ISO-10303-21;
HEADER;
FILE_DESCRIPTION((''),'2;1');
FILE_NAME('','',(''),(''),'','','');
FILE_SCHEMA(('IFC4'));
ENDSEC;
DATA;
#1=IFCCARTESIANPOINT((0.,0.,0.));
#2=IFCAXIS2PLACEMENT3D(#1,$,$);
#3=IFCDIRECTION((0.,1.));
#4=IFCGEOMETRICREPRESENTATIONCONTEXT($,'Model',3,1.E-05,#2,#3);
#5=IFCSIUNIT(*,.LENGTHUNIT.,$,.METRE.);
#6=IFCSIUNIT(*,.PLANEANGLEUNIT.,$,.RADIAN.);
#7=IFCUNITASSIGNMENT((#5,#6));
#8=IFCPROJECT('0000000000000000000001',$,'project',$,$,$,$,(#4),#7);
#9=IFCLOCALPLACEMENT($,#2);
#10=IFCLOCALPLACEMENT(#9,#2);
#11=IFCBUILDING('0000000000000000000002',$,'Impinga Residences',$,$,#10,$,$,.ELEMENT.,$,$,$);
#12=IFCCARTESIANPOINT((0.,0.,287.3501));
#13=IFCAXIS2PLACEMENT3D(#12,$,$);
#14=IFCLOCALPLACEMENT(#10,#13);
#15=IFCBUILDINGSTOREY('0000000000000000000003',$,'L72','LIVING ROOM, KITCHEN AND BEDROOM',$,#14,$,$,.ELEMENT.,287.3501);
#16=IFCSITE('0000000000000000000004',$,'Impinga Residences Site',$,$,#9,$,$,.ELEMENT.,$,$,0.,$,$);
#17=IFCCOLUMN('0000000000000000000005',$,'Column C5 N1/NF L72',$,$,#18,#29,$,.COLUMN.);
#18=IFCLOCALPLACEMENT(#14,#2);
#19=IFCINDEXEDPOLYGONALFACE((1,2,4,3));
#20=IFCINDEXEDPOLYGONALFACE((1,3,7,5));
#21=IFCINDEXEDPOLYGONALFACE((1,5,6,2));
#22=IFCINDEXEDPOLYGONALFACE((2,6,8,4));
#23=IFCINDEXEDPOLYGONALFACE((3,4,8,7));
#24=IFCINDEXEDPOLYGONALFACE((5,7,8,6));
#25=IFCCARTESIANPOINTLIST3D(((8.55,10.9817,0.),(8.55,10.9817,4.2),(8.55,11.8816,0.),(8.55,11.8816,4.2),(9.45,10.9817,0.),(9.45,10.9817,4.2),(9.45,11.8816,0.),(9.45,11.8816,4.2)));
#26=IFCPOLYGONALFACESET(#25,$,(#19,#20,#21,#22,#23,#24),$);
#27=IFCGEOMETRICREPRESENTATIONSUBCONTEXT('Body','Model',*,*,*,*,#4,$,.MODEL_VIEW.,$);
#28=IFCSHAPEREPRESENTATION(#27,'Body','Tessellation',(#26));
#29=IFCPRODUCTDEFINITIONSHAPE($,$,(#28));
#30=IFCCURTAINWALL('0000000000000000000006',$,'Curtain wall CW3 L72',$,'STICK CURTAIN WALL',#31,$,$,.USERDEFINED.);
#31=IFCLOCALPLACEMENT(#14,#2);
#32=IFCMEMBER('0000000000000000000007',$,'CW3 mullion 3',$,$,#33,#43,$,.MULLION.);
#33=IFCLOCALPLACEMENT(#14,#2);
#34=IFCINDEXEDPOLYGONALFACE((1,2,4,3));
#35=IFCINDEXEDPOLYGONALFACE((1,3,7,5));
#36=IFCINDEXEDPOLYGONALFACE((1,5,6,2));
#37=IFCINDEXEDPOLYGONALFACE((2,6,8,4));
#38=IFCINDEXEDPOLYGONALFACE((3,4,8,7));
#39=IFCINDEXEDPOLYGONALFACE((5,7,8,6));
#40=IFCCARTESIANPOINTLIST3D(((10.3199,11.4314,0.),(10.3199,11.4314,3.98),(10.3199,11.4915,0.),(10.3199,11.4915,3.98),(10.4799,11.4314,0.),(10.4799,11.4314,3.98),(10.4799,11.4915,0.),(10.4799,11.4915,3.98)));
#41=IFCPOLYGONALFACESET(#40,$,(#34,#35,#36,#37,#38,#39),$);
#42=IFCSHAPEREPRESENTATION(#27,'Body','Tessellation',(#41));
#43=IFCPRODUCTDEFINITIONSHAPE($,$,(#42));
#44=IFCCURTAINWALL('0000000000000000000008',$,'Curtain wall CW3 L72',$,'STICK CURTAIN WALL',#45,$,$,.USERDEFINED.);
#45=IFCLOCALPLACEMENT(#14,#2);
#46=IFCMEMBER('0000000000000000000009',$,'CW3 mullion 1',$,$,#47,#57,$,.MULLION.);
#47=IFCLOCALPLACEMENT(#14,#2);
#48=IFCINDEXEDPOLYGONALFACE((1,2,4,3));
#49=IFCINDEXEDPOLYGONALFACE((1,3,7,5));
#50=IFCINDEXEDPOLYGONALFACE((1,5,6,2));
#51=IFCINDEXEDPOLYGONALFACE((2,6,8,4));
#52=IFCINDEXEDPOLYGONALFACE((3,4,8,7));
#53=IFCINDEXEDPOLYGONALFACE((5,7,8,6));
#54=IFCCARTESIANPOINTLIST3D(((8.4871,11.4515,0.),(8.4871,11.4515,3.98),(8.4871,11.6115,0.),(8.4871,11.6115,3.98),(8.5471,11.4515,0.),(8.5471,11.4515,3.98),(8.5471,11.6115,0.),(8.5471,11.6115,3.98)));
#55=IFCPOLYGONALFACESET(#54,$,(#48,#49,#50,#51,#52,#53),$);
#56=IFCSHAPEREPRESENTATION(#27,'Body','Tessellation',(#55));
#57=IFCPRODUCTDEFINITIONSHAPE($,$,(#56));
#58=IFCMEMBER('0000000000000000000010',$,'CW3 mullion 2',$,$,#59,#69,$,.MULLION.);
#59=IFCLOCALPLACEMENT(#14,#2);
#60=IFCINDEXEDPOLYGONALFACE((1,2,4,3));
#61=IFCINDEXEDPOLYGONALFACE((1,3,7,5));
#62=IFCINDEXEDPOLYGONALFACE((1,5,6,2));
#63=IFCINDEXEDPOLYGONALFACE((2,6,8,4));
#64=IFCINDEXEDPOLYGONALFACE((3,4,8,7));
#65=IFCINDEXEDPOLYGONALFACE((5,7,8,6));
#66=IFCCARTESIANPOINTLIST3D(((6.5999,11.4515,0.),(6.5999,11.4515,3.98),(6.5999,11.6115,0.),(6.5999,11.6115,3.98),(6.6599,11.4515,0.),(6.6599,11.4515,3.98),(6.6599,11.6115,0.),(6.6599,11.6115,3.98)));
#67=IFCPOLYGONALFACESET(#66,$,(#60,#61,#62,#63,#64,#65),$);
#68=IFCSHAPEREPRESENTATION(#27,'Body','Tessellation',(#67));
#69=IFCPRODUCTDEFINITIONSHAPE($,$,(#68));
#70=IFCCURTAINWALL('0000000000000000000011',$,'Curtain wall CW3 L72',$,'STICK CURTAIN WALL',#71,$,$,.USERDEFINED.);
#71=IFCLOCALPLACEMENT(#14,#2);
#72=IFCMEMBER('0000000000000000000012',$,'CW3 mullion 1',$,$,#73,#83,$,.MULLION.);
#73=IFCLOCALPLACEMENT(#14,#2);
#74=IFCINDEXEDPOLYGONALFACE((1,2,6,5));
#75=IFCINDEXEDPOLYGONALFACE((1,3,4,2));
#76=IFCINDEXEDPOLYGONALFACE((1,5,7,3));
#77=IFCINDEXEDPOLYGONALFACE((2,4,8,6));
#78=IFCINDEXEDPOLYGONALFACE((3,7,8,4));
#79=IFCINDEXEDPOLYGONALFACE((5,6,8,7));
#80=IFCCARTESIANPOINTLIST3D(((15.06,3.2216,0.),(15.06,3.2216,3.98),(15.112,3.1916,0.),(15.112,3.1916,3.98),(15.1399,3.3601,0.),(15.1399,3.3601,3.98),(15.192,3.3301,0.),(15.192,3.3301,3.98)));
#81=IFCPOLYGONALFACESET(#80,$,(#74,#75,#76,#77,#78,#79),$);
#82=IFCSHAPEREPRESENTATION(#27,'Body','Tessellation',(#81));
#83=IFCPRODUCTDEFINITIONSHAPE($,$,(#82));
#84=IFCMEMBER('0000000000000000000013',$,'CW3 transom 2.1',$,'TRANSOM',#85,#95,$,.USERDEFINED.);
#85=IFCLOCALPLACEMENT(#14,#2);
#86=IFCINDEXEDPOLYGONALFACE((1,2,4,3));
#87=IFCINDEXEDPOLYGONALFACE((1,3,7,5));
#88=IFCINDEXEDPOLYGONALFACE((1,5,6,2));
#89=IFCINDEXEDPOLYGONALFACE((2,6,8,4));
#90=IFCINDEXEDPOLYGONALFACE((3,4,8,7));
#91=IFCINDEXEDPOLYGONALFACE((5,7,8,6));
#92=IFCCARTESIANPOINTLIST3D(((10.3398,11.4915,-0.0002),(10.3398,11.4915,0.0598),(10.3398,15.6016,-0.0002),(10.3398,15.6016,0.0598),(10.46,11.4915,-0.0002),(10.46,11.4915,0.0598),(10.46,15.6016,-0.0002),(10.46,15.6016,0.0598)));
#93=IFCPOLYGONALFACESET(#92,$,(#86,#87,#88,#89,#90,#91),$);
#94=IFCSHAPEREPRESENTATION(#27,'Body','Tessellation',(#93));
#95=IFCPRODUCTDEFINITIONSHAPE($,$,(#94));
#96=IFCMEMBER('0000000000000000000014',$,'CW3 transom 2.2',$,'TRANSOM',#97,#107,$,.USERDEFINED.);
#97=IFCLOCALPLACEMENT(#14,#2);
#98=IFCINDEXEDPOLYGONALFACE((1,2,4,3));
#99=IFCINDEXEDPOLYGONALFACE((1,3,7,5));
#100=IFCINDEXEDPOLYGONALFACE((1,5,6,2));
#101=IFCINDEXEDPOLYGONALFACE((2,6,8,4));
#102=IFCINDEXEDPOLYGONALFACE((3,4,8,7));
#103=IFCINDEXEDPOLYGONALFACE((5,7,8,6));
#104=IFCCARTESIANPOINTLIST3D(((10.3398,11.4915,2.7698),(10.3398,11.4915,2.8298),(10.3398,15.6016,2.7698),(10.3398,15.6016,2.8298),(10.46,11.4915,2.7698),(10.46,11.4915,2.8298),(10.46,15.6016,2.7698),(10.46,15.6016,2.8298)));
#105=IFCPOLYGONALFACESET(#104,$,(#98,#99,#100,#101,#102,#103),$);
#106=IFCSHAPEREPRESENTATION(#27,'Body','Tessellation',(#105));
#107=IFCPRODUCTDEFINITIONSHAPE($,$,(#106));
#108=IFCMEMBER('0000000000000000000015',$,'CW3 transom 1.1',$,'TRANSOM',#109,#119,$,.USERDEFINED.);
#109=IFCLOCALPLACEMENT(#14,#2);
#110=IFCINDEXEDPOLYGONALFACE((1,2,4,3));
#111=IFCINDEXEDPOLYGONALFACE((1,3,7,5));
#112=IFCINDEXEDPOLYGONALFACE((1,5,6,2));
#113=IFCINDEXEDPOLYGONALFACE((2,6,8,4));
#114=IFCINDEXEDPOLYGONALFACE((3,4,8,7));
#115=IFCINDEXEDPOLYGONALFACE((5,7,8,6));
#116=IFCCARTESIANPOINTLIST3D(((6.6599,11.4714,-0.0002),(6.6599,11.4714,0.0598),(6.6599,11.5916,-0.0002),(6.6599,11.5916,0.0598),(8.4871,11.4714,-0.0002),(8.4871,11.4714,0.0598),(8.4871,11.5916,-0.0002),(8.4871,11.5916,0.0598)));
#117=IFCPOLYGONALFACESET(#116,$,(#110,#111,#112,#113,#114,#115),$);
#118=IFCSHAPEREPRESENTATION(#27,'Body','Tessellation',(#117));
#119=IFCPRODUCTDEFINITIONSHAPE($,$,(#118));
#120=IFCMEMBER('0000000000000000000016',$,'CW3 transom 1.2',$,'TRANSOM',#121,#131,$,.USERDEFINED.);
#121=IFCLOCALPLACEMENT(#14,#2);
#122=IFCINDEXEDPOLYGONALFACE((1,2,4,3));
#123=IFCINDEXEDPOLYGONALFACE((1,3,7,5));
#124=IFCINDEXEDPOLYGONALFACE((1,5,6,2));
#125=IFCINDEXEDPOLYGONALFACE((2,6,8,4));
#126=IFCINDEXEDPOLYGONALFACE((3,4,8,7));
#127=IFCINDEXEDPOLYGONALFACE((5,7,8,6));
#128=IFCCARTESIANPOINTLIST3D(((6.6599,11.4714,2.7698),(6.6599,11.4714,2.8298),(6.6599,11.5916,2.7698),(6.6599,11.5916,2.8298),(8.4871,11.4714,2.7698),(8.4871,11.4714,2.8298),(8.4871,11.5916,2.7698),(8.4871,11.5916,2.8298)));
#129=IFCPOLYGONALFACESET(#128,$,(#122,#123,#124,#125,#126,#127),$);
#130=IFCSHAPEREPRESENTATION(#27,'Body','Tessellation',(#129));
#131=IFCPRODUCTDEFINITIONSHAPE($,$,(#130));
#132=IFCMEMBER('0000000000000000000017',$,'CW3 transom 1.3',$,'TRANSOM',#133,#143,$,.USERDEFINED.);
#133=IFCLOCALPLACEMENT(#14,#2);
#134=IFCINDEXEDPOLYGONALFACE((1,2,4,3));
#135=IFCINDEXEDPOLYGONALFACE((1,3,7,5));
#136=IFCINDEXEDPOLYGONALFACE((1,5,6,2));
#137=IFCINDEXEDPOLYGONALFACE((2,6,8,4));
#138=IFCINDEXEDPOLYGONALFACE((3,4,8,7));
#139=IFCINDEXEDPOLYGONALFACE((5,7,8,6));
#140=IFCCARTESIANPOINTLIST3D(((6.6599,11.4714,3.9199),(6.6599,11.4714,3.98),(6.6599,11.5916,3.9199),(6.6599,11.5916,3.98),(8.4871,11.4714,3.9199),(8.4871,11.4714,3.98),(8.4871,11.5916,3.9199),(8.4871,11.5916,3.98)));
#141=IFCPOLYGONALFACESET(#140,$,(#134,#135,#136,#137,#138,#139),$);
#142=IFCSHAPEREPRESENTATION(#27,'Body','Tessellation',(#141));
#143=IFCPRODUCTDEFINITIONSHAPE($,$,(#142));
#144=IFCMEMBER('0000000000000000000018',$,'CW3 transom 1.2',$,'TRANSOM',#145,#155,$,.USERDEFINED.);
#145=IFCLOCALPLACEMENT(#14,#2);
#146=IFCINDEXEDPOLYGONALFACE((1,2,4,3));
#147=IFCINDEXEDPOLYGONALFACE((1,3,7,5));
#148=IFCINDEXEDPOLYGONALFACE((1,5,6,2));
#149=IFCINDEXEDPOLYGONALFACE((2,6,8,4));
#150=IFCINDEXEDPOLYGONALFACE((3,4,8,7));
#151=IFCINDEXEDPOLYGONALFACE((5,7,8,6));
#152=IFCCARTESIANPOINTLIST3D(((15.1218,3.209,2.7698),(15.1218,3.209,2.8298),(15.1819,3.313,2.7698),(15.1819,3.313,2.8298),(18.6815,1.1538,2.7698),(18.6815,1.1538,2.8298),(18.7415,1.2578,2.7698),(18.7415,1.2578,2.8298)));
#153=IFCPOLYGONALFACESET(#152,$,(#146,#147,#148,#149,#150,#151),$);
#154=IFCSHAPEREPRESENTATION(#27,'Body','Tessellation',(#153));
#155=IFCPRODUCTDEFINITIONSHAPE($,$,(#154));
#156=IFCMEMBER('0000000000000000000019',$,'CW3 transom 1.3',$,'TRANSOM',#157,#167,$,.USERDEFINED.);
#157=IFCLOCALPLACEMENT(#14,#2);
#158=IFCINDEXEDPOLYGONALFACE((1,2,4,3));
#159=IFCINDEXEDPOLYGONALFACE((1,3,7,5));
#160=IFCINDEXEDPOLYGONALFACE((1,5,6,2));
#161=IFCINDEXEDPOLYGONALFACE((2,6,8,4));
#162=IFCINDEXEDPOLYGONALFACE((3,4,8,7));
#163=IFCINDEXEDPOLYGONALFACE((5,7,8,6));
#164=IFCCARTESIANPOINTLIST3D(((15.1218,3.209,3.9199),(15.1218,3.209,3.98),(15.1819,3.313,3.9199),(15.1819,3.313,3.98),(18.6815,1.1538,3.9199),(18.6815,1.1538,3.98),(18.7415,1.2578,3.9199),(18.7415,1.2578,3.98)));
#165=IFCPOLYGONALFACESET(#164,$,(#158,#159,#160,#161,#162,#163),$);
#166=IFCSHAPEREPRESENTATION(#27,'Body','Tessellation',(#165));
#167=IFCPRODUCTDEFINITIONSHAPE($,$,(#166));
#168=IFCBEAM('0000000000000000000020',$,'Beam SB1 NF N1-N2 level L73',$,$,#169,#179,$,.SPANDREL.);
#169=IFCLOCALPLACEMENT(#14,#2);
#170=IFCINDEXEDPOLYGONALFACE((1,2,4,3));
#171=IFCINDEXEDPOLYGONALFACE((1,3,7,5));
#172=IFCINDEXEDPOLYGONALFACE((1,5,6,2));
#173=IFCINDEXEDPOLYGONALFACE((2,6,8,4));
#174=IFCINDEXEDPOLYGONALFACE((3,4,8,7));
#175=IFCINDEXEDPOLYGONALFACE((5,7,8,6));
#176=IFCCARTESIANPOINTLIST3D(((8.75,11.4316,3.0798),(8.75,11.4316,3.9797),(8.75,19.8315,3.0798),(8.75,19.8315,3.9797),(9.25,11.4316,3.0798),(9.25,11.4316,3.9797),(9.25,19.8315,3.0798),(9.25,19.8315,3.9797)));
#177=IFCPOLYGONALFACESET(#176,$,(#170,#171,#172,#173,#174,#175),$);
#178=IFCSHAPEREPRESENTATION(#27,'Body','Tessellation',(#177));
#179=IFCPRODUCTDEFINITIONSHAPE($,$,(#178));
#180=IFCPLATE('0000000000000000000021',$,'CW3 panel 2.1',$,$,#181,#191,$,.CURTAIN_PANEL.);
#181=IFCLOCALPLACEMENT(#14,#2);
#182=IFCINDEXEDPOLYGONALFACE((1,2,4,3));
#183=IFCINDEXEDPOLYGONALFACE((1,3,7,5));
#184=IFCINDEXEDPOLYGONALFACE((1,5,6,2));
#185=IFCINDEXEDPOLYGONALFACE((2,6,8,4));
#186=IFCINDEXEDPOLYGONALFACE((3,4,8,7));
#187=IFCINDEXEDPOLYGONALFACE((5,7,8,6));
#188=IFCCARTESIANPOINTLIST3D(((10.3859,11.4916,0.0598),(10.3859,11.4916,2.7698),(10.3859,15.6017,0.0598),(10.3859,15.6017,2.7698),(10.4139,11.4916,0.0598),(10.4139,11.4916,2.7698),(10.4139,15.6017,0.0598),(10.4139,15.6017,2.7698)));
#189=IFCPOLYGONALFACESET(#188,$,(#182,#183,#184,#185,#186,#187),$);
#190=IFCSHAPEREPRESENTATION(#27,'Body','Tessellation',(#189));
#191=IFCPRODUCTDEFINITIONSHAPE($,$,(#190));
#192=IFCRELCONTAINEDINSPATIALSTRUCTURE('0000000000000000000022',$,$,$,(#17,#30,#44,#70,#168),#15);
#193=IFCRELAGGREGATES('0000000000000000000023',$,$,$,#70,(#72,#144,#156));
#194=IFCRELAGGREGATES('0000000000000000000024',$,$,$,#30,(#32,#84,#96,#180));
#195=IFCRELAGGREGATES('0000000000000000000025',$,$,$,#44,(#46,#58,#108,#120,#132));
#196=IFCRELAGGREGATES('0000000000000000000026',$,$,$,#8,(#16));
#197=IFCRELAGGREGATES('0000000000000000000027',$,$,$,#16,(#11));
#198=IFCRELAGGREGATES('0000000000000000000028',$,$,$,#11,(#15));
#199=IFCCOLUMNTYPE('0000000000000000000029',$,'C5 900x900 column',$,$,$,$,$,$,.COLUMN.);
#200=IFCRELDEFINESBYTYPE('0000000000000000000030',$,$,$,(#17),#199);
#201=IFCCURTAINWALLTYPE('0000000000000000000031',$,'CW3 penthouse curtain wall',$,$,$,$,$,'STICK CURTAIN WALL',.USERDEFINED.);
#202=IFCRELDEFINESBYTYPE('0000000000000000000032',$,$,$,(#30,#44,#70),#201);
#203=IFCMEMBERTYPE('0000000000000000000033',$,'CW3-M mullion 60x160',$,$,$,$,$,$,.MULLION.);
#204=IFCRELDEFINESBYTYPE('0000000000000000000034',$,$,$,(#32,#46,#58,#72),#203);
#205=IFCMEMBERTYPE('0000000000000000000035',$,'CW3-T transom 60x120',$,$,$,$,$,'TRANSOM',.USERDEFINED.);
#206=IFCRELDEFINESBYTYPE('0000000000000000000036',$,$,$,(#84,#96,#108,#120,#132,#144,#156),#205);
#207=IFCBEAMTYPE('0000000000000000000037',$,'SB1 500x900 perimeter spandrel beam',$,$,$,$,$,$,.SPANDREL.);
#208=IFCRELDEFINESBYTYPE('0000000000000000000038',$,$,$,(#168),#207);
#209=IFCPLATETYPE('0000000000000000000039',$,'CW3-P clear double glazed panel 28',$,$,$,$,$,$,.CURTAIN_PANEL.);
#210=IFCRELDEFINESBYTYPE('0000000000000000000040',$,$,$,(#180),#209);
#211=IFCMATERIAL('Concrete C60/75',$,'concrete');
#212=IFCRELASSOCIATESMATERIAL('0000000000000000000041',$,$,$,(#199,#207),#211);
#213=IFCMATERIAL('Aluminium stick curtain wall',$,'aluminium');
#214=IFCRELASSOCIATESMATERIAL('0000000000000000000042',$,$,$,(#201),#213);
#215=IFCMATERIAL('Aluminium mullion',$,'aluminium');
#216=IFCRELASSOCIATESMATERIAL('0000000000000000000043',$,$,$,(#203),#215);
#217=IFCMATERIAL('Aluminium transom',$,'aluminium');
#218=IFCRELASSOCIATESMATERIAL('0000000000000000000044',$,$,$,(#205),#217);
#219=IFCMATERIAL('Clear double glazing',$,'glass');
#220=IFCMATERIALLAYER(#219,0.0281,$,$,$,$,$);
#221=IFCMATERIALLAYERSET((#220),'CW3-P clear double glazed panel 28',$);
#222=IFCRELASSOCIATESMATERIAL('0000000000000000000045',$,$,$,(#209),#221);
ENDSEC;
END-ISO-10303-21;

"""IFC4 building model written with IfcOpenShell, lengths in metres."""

from ifc_helpers import new_model, si_unit, direction, frame, origin, origin_2d, place, context, subcontext, project, spatial, rectangle, extrude, material, layer, layer_set, material_profile, profile_set, type_object, element, aggregate, save


model = new_model("IFC4")

# Units and contexts
model_context = context("Model", 3, precision=1e-05, world=origin(), true_north=direction((0.0, 1.0)))
body_context = subcontext(model_context, "Body", "Model", "MODEL_VIEW")
ifc_project = project(units=[si_unit("LENGTHUNIT", "METRE"), si_unit("PLANEANGLEUNIT", "RADIAN")], contexts=[model_context])

# Site, building, storey
site_placement = place(None, origin())
site = spatial("IfcSite", under=ifc_project, at=site_placement, Name="Impinga Residences Site", CompositionType="ELEMENT", RefElevation=0.0)
building_placement = place(site_placement, origin())
building = spatial("IfcBuilding", under=site, at=building_placement, Name="Impinga Residences", CompositionType="ELEMENT")
storey_placement = place(building_placement, frame((0.0, 0.0, 287.3501)))
storey = spatial("IfcBuildingStorey", under=building, at=storey_placement, Name="L72", Description="LIVING ROOM, KITCHEN AND BEDROOM", CompositionType="ELEMENT", Elevation=287.3501)

# Column
ifc_material_1 = material(Name="Concrete C60/75", Category="concrete")
ifc_material_profile_1 = material_profile(ifc_material_1, rectangle(XDim=0.8999, YDim=0.8999, at=origin_2d()), Name="RC 900x900")
ifc_profile_set_1 = profile_set([ifc_material_profile_1], Name="Concrete C60/75")
column_type = type_object("IfcColumnType", Name="C5 900x900 column", PredefinedType="COLUMN", material=ifc_profile_set_1)
column_placement = place(storey_placement, frame((9.0, 11.4316, 0.0), z_axis=(0.0, 0.0, 1.0), x_axis=(1.0, 0.0, 0.0)))
element("IfcColumn", 1, at=column_placement, inside=storey, type_object=column_type, Name="Column C5 N1/NF L72", PredefinedType="COLUMN", context=body_context, shape_type="SweptSolid", body=[
    extrude(rectangle(XDim=0.8999, YDim=0.8999, at=origin_2d()), origin(), (0.0, 0.0, 1.0), 4.2),
])

# Curtain wall, member
ifc_material_2 = material(Name="Aluminium stick curtain wall", Category="aluminium")
curtain_wall_type = type_object("IfcCurtainWallType", Name="CW3 penthouse curtain wall", ElementType="STICK CURTAIN WALL", PredefinedType="USERDEFINED", material=ifc_material_2)
curtain_wall_1_placement = place(storey_placement, origin())
curtain_wall_1 = element("IfcCurtainWall", 2, at=curtain_wall_1_placement, inside=storey, type_object=curtain_wall_type, Name="Curtain wall CW3 L72", ObjectType="STICK CURTAIN WALL", PredefinedType="USERDEFINED")
ifc_material_3 = material(Name="Aluminium mullion", Category="aluminium")
ifc_material_profile_2 = material_profile(ifc_material_3, rectangle(XDim=0.0601, YDim=0.1599, at=origin_2d()), Name="60x160 mullion")
ifc_profile_set_2 = profile_set([ifc_material_profile_2], Name="Aluminium mullion")
member_type_1 = type_object("IfcMemberType", Name="CW3-M mullion 60x160", PredefinedType="MULLION", material=ifc_profile_set_2)
member_1_placement = place(storey_placement, frame((10.3999, 11.4614, 0.0), z_axis=(0.0, 0.0, 1.0), x_axis=(0.0, -1.0, 0.0)))
member_1 = element("IfcMember", 3, at=member_1_placement, type_object=member_type_1, Name="CW3 mullion 3", PredefinedType="MULLION", context=body_context, shape_type="SweptSolid", body=[
    extrude(rectangle(XDim=0.0601, YDim=0.1599, at=origin_2d()), origin(), (0.0, 0.0, 1.0), 3.98),
])

# Curtain wall, members
curtain_wall_2_placement = place(storey_placement, origin())
curtain_wall_2 = element("IfcCurtainWall", 4, at=curtain_wall_2_placement, inside=storey, type_object=curtain_wall_type, Name="Curtain wall CW3 L72", ObjectType="STICK CURTAIN WALL", PredefinedType="USERDEFINED")
member_2_placement = place(storey_placement, frame((8.5171, 11.5315, 0.0), z_axis=(0.0, 0.0, 1.0), x_axis=(-1.0, 0.0, 0.0)))
member_2 = element("IfcMember", 5, at=member_2_placement, type_object=member_type_1, Name="CW3 mullion 1", PredefinedType="MULLION", context=body_context, shape_type="SweptSolid", body=[
    extrude(rectangle(XDim=0.0601, YDim=0.1599, at=origin_2d()), origin(), (0.0, 0.0, 1.0), 3.98),
])
member_3_placement = place(storey_placement, frame((6.6299, 11.5315, 0.0), z_axis=(0.0, 0.0, 1.0), x_axis=(-1.0, 0.0, 0.0)))
member_3 = element("IfcMember", 6, at=member_3_placement, type_object=member_type_1, Name="CW3 mullion 2", PredefinedType="MULLION", context=body_context, shape_type="SweptSolid", body=[
    extrude(rectangle(XDim=0.0601, YDim=0.1599, at=origin_2d()), origin(), (0.0, 0.0, 1.0), 3.98),
])

# Curtain wall, member
curtain_wall_3_placement = place(storey_placement, origin())
curtain_wall_3 = element("IfcCurtainWall", 7, at=curtain_wall_3_placement, inside=storey, type_object=curtain_wall_type, Name="Curtain wall CW3 L72", ObjectType="STICK CURTAIN WALL", PredefinedType="USERDEFINED")
member_4_placement = place(storey_placement, frame((15.126, 3.2759, 0.0), z_axis=(0.0, 0.0, 1.0), x_axis=(0.866025, -0.5, 0.0)))
member_4 = element("IfcMember", 8, at=member_4_placement, type_object=member_type_1, Name="CW3 mullion 1", PredefinedType="MULLION", context=body_context, shape_type="SweptSolid", body=[
    extrude(rectangle(XDim=0.0601, YDim=0.1599, at=origin_2d()), origin(), (0.0, 0.0, 1.0), 3.98),
])

# Members
ifc_material_4 = material(Name="Aluminium transom", Category="aluminium")
ifc_material_profile_3 = material_profile(ifc_material_4, rectangle(XDim=0.0601, YDim=0.1201, at=origin_2d()), Name="60x120 transom")
ifc_profile_set_3 = profile_set([ifc_material_profile_3], Name="Aluminium transom")
member_type_2 = type_object("IfcMemberType", Name="CW3-T transom 60x120", ElementType="TRANSOM", PredefinedType="USERDEFINED", material=ifc_profile_set_3)
member_5_placement = place(storey_placement, frame((10.3999, 15.6016, 0.0298), z_axis=(0.0, -1.0, 0.0), x_axis=(0.0, 0.0, 1.0)))
member_5 = element("IfcMember", 9, at=member_5_placement, type_object=member_type_2, Name="CW3 transom 2.1", ObjectType="TRANSOM", PredefinedType="USERDEFINED", context=body_context, shape_type="SweptSolid", body=[
    extrude(rectangle(XDim=0.0601, YDim=0.1201, at=origin_2d()), origin(), (0.0, 0.0, 1.0), 4.1101),
])
member_6_placement = place(storey_placement, frame((10.3999, 15.6016, 2.7998), z_axis=(0.0, -1.0, 0.0), x_axis=(0.0, 0.0, 1.0)))
member_6 = element("IfcMember", 10, at=member_6_placement, type_object=member_type_2, Name="CW3 transom 2.2", ObjectType="TRANSOM", PredefinedType="USERDEFINED", context=body_context, shape_type="SweptSolid", body=[
    extrude(rectangle(XDim=0.0601, YDim=0.1201, at=origin_2d()), origin(), (0.0, 0.0, 1.0), 4.1101),
])
member_7_placement = place(storey_placement, frame((8.4871, 11.5315, 0.0298), z_axis=(-1.0, 0.0, 0.0), x_axis=(0.0, 0.0, 1.0)))
member_7 = element("IfcMember", 11, at=member_7_placement, type_object=member_type_2, Name="CW3 transom 1.1", ObjectType="TRANSOM", PredefinedType="USERDEFINED", context=body_context, shape_type="SweptSolid", body=[
    extrude(rectangle(XDim=0.0601, YDim=0.1201, at=origin_2d()), origin(), (0.0, 0.0, 1.0), 1.8271),
])
member_8_placement = place(storey_placement, frame((8.4871, 11.5315, 2.7998), z_axis=(-1.0, 0.0, 0.0), x_axis=(0.0, 0.0, 1.0)))
member_8 = element("IfcMember", 12, at=member_8_placement, type_object=member_type_2, Name="CW3 transom 1.2", ObjectType="TRANSOM", PredefinedType="USERDEFINED", context=body_context, shape_type="SweptSolid", body=[
    extrude(rectangle(XDim=0.0601, YDim=0.1201, at=origin_2d()), origin(), (0.0, 0.0, 1.0), 1.8271),
])
member_9_placement = place(storey_placement, frame((8.4871, 11.5315, 3.95), z_axis=(-1.0, 0.0, 0.0), x_axis=(0.0, 0.0, 1.0)))
member_9 = element("IfcMember", 13, at=member_9_placement, type_object=member_type_2, Name="CW3 transom 1.3", ObjectType="TRANSOM", PredefinedType="USERDEFINED", context=body_context, shape_type="SweptSolid", body=[
    extrude(rectangle(XDim=0.0601, YDim=0.1201, at=origin_2d()), origin(), (0.0, 0.0, 1.0), 1.8271),
])
member_10_placement = place(storey_placement, frame((15.1519, 3.261, 2.7998), z_axis=(0.866019, -0.50001, 0.0), x_axis=(0.0, 0.0, 1.0)))
member_10 = element("IfcMember", 14, at=member_10_placement, type_object=member_type_2, Name="CW3 transom 1.2", ObjectType="TRANSOM", PredefinedType="USERDEFINED", context=body_context, shape_type="SweptSolid", body=[
    extrude(rectangle(XDim=0.0601, YDim=0.1201, at=origin_2d()), origin(), (0.0, 0.0, 1.0), 4.1104),
])
member_11_placement = place(storey_placement, frame((15.1519, 3.261, 3.95), z_axis=(0.866019, -0.50001, 0.0), x_axis=(0.0, 0.0, 1.0)))
member_11 = element("IfcMember", 15, at=member_11_placement, type_object=member_type_2, Name="CW3 transom 1.3", ObjectType="TRANSOM", PredefinedType="USERDEFINED", context=body_context, shape_type="SweptSolid", body=[
    extrude(rectangle(XDim=0.0601, YDim=0.1201, at=origin_2d()), origin(), (0.0, 0.0, 1.0), 4.1104),
])
aggregate(curtain_wall_3, [member_4, member_10, member_11])

# Beam
ifc_material_profile_4 = material_profile(ifc_material_1, rectangle(XDim=0.5, YDim=0.8999, at=origin_2d()), Name="RC 500x900")
ifc_profile_set_4 = profile_set([ifc_material_profile_4], Name="Concrete C60/75")
beam_type = type_object("IfcBeamType", Name="SB1 500x900 perimeter spandrel beam", PredefinedType="SPANDREL", material=ifc_profile_set_4)
beam_placement = place(storey_placement, frame((9.0, 11.4316, 3.5298), z_axis=(0.0, 1.0, 0.0), x_axis=(-1.0, 0.0, 0.0)))
element("IfcBeam", 16, at=beam_placement, inside=storey, type_object=beam_type, Name="Beam SB1 NF N1-N2 level L73", PredefinedType="SPANDREL", context=body_context, shape_type="SweptSolid", body=[
    extrude(rectangle(XDim=0.5, YDim=0.8999, at=origin_2d()), origin(), (0.0, 0.0, 1.0), 8.3999),
])

# Plate
ifc_material_5 = material(Name="Clear double glazing", Category="glass")
ifc_layer_1 = layer(ifc_material_5, 0.0281)
ifc_layer_set_1 = layer_set([ifc_layer_1], Name="CW3-P clear double glazed panel 28")
plate_type = type_object("IfcPlateType", Name="CW3-P clear double glazed panel 28", PredefinedType="CURTAIN_PANEL", material=ifc_layer_set_1)
plate_1_placement = place(storey_placement, frame((10.3999, 13.5466, 0.0598), z_axis=(0.0, 0.0, 1.0), x_axis=(0.0, -1.0, 0.0)))
plate_1 = element("IfcPlate", 17, at=plate_1_placement, type_object=plate_type, Name="CW3 panel 2.1", PredefinedType="CURTAIN_PANEL", context=body_context, shape_type="SweptSolid", body=[
    extrude(rectangle(XDim=4.1101, YDim=0.0281, at=origin_2d()), origin(), (0.0, 0.0, 1.0), 2.71),
])
aggregate(curtain_wall_1, [member_1, member_5, member_6, plate_1])
aggregate(curtain_wall_2, [member_2, member_3, member_7, member_8, member_9])

save(model, "model.ifc")
